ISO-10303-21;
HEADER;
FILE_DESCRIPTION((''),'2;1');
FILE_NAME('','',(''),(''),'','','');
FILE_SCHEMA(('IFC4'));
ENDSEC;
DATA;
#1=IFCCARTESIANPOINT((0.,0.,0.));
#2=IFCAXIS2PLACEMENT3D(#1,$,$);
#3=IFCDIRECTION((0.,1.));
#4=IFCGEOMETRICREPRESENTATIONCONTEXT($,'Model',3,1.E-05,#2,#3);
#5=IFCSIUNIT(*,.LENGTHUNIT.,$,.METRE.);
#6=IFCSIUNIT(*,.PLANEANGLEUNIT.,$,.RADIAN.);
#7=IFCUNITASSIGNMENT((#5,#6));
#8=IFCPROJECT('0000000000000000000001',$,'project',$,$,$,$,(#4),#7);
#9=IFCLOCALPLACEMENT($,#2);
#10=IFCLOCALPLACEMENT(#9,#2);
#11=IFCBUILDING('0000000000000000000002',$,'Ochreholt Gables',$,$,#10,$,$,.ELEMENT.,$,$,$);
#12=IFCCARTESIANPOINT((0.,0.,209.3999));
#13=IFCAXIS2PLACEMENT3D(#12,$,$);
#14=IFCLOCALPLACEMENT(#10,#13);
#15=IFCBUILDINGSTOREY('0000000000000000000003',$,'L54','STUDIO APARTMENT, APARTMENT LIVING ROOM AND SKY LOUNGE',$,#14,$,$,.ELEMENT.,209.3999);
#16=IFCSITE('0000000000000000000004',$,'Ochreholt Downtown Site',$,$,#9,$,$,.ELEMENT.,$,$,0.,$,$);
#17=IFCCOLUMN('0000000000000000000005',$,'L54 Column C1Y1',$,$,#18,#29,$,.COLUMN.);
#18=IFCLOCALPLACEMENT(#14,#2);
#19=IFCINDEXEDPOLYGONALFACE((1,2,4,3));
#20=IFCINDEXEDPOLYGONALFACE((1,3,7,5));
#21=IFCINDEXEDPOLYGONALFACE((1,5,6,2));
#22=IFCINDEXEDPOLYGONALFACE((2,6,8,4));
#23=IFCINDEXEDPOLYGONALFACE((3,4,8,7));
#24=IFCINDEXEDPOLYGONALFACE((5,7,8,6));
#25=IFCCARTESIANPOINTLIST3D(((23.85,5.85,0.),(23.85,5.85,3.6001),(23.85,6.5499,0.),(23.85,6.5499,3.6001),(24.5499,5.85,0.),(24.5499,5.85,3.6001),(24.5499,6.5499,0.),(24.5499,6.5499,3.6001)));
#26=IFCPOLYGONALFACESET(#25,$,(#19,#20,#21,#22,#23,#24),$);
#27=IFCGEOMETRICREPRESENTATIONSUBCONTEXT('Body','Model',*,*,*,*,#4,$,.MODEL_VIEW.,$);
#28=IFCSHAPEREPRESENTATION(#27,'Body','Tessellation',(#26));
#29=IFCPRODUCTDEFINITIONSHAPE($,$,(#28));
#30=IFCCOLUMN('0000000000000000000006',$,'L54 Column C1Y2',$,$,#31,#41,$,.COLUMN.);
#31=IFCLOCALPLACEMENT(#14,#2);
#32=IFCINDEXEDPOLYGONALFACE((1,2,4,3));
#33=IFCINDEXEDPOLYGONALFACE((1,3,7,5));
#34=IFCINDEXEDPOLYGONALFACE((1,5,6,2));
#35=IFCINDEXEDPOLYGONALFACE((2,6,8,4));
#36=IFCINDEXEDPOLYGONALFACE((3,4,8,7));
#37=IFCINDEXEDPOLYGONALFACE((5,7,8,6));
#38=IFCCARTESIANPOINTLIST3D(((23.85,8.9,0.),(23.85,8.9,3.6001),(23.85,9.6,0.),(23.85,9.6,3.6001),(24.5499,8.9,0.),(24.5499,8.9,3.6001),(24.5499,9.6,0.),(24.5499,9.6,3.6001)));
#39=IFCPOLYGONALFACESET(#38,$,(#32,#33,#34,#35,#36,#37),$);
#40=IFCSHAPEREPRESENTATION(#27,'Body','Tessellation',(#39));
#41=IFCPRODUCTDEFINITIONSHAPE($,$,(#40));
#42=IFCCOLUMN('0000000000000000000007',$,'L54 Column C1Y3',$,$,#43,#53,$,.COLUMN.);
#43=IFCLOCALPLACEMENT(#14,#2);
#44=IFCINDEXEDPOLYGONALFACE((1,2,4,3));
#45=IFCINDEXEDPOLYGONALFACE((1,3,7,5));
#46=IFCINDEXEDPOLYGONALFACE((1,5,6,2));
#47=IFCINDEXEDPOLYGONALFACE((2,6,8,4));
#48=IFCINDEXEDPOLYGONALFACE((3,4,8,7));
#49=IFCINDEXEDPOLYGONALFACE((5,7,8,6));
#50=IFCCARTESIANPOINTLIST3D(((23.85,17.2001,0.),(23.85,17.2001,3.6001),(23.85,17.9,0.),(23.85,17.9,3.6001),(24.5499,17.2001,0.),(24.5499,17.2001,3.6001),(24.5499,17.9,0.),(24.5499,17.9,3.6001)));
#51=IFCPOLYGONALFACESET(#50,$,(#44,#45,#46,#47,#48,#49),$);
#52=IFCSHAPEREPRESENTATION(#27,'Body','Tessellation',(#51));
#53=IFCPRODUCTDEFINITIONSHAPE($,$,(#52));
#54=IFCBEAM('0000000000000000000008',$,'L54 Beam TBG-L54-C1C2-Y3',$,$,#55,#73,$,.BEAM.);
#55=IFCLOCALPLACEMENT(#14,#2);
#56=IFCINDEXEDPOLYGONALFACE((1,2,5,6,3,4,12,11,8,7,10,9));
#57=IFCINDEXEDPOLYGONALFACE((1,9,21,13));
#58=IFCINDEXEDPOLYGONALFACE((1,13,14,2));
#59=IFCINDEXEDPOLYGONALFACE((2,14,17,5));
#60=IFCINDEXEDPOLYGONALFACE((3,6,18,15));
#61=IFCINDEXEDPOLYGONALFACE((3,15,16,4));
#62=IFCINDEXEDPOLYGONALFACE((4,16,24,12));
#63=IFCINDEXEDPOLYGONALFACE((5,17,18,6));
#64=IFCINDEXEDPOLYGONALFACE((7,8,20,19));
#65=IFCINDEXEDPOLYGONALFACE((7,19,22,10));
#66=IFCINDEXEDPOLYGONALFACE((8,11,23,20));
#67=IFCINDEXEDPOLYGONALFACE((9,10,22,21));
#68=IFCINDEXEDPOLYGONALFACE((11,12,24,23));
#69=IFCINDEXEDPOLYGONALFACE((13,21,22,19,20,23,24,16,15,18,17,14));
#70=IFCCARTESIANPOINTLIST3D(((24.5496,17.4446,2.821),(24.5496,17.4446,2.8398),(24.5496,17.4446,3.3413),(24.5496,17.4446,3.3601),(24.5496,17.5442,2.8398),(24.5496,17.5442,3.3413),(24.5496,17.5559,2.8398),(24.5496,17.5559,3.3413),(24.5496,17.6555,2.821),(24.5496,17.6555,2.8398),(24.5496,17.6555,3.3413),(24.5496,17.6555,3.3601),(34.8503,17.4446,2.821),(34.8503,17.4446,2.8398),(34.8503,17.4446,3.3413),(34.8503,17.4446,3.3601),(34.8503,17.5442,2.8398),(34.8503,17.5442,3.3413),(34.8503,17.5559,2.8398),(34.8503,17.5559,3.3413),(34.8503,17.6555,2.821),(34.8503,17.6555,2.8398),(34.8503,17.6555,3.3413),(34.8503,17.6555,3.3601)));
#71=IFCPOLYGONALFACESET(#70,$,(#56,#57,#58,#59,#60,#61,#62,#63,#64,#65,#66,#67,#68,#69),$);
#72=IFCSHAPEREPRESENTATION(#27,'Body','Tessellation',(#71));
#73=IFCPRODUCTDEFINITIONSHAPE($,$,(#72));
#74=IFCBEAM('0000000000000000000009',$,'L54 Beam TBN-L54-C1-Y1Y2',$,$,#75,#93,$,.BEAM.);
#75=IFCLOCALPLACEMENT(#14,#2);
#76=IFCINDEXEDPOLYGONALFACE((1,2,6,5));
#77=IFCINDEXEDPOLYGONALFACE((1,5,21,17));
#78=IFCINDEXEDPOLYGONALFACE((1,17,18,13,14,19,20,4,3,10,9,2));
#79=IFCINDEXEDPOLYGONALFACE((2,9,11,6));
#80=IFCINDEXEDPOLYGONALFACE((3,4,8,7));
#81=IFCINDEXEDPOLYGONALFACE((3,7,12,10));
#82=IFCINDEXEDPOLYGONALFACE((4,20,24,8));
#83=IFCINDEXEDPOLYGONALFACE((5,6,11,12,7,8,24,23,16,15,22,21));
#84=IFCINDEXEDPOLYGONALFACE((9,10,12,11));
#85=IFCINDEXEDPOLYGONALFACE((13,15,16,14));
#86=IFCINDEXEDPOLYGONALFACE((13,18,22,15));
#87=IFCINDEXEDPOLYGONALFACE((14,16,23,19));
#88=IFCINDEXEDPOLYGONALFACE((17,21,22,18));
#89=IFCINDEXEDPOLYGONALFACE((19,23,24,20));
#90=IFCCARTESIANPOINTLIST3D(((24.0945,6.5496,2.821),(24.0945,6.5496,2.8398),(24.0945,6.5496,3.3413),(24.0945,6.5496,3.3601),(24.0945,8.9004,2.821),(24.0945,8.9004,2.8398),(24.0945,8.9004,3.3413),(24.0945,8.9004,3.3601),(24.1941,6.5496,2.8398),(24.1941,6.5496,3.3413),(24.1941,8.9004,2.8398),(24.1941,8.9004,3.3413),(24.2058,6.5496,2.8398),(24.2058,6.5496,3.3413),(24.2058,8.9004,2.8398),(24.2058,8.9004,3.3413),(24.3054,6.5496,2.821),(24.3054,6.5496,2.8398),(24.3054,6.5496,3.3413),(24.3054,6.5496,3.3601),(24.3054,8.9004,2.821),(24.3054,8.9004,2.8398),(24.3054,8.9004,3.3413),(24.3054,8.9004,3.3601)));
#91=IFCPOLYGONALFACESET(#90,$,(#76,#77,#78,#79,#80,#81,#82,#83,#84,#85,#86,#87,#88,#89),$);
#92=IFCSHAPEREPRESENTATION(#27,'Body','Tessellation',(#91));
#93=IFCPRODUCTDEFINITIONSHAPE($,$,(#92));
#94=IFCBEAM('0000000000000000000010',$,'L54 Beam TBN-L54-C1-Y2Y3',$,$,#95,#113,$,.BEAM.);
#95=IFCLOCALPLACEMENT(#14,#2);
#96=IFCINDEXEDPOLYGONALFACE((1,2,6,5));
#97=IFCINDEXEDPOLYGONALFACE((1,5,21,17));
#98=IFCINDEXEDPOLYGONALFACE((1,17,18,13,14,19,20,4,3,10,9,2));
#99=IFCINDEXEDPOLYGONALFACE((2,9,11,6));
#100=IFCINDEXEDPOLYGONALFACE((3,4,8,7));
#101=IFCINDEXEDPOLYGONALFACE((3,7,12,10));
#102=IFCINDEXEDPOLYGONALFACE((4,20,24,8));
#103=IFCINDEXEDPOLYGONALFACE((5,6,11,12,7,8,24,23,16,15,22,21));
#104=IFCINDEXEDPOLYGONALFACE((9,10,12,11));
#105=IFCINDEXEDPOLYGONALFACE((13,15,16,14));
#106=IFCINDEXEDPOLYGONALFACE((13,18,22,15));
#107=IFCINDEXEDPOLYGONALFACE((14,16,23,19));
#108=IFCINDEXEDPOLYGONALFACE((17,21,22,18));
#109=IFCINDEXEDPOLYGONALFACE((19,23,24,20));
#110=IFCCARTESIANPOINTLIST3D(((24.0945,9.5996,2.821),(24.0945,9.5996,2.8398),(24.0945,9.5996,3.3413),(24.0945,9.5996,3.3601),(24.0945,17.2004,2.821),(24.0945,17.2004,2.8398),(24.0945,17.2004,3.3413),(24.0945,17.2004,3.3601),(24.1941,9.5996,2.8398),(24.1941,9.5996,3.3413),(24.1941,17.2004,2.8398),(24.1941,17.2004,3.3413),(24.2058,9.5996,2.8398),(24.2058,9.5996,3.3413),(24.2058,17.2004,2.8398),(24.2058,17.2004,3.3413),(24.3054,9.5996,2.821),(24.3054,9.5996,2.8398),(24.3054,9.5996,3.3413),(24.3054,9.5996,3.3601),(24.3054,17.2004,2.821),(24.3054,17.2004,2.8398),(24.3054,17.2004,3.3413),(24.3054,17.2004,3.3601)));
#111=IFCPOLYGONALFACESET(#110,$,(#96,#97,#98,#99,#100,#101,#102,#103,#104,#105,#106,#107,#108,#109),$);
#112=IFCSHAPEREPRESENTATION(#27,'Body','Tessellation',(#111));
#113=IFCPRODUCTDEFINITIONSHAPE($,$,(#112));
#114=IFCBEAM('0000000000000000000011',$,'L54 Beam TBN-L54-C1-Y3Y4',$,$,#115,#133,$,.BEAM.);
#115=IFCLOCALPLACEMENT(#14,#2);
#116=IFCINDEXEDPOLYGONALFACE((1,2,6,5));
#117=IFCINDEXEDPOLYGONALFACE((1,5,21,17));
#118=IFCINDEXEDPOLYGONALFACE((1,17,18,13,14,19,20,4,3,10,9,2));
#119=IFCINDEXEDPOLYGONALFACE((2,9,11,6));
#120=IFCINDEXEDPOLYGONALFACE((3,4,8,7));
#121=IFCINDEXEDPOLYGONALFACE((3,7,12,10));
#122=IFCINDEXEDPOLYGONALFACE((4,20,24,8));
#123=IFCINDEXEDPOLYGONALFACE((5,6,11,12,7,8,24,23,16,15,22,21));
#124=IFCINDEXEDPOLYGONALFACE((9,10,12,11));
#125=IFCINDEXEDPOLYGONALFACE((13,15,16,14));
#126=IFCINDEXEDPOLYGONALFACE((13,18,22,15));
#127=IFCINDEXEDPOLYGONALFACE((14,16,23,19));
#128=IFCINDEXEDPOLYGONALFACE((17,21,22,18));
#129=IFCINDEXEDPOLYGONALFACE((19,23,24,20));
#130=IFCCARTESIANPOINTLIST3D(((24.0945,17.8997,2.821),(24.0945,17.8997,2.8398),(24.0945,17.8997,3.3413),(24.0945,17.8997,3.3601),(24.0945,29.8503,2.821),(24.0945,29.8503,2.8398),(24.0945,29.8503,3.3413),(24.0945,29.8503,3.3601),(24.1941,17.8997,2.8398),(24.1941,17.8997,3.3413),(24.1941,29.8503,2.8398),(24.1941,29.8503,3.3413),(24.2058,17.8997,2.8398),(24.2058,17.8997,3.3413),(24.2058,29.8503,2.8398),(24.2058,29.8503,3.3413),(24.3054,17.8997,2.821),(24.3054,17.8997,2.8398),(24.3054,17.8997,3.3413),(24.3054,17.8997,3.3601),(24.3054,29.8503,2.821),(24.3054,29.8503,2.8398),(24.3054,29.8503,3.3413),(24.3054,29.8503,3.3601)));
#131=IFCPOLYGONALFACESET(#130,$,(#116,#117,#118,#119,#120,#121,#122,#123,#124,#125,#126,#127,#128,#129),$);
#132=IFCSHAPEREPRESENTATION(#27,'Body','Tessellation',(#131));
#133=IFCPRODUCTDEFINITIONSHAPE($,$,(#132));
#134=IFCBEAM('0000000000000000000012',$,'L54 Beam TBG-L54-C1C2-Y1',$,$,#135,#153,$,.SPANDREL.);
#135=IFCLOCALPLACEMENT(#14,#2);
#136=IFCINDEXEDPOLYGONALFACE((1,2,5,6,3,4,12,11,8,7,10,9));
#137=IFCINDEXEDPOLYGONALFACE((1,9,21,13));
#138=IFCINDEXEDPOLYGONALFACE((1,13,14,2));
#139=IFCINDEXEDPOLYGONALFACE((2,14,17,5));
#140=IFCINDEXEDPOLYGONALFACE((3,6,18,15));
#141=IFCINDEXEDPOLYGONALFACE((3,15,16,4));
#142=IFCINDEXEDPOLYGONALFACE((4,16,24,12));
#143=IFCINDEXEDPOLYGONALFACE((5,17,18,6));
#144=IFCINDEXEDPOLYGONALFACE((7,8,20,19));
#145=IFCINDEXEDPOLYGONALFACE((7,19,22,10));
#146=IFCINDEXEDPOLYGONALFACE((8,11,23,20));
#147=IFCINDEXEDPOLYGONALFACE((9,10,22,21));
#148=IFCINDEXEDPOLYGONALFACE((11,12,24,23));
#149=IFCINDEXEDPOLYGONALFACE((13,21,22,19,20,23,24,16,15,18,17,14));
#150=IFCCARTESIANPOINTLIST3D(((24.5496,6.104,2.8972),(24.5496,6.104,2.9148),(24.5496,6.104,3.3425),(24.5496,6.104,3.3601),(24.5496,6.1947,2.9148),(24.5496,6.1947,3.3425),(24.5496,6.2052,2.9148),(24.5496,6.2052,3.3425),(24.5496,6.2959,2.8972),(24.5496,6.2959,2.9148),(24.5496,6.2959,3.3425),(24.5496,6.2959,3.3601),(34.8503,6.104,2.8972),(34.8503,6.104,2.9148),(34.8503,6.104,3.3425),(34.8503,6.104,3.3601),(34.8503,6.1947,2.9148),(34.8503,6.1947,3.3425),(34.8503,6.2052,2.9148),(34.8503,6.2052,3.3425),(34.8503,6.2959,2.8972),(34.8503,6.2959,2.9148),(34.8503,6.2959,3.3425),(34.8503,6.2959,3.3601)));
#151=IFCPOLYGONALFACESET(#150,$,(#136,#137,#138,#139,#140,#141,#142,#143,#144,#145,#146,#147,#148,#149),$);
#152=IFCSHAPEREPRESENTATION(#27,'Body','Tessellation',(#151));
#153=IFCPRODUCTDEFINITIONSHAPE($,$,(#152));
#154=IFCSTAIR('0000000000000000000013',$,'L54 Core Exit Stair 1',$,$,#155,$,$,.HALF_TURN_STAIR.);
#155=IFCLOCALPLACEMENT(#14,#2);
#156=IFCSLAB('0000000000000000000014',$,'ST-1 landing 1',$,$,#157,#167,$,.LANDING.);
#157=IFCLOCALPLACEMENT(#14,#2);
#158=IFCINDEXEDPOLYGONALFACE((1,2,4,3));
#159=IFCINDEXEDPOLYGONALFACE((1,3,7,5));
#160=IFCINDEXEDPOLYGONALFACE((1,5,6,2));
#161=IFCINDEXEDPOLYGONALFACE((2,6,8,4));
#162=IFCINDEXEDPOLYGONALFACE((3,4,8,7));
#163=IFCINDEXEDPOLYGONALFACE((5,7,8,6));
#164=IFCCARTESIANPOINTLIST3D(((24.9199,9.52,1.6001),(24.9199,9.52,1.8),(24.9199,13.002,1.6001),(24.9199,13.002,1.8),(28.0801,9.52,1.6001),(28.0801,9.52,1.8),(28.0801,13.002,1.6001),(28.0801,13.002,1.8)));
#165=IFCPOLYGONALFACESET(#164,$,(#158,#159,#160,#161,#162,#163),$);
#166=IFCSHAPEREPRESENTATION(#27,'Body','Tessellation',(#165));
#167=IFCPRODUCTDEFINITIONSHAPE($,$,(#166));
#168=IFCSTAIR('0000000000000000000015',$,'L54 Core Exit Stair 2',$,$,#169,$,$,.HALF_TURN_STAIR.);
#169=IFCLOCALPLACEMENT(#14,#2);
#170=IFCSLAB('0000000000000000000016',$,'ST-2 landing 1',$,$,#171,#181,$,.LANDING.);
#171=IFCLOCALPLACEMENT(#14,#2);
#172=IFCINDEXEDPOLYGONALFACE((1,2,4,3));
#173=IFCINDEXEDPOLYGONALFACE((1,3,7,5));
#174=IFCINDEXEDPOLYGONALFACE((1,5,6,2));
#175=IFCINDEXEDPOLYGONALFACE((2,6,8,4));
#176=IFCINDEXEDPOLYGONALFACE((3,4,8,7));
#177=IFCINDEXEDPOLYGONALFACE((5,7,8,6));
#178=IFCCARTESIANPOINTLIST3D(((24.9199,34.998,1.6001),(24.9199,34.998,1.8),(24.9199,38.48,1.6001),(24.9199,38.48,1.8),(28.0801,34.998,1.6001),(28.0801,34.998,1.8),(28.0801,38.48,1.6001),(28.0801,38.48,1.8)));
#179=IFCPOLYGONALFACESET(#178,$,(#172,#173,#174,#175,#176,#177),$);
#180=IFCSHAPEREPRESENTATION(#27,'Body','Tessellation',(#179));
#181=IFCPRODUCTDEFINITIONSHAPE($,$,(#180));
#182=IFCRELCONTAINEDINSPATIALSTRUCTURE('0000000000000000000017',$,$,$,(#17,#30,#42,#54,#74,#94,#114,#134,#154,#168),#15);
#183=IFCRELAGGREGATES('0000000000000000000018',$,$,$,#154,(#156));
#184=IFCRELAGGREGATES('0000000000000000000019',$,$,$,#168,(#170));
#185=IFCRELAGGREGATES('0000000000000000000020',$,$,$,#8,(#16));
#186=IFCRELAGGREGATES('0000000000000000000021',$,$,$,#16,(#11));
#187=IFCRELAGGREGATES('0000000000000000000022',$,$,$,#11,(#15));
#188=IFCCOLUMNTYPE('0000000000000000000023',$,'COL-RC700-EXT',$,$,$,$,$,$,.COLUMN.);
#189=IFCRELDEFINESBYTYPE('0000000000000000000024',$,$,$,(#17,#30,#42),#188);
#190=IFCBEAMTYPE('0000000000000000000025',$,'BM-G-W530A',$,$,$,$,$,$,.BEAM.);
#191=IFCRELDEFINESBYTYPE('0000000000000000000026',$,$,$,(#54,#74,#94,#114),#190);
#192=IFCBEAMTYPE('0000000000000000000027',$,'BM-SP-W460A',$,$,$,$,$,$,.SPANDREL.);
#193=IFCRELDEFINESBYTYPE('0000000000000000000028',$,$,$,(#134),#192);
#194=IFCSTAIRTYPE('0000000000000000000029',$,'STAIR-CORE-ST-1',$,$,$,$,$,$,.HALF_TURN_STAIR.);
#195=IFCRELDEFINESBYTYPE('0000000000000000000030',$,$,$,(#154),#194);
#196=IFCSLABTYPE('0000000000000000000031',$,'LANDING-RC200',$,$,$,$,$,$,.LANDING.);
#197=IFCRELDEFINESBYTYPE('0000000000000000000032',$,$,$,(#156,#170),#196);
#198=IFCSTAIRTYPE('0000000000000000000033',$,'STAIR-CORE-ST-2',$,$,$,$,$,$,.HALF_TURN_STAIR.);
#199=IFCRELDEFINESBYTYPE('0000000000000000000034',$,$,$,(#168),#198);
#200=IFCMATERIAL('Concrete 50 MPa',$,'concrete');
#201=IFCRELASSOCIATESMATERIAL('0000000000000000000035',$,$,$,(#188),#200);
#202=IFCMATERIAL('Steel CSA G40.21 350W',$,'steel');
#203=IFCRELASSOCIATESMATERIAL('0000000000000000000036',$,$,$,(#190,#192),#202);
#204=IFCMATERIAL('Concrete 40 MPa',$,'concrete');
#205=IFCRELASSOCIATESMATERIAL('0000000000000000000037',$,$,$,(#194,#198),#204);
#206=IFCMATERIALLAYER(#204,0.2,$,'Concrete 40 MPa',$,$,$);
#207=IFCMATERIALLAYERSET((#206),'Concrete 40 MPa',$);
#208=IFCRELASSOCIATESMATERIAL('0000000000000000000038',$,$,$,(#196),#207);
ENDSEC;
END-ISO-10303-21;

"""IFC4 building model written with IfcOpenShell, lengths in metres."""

from ifc_helpers import new_model, si_unit, direction, frame, origin, origin_2d, place, context, subcontext, project, spatial, polyline, rectangle, i_section, outline, extrude, material, layer, layer_set, material_profile, profile_set, type_object, element, aggregate, save


model = new_model("IFC4")

# Units and contexts
model_context = context("Model", 3, precision=1e-05, world=origin(), true_north=direction((0.0, 1.0)))
body_context = subcontext(model_context, "Body", "Model", "MODEL_VIEW")
ifc_project = project(units=[si_unit("LENGTHUNIT", "METRE"), si_unit("PLANEANGLEUNIT", "RADIAN")], contexts=[model_context])

# Site, building, storey
site_placement = place(None, origin())
site = spatial("IfcSite", under=ifc_project, at=site_placement, Name="Ochreholt Downtown Site", CompositionType="ELEMENT", RefElevation=0.0)
building_placement = place(site_placement, origin())
building = spatial("IfcBuilding", under=site, at=building_placement, Name="Ochreholt Gables", CompositionType="ELEMENT")
storey_placement = place(building_placement, frame((0.0, 0.0, 209.3999)))
storey = spatial("IfcBuildingStorey", under=building, at=storey_placement, Name="L54", Description="STUDIO APARTMENT, APARTMENT LIVING ROOM AND SKY LOUNGE", CompositionType="ELEMENT", Elevation=209.3999)

# Columns
ifc_material_1 = material(Name="Concrete 50 MPa", Category="concrete")
ifc_material_profile_1 = material_profile(ifc_material_1, rectangle(XDim=0.7, YDim=0.7, at=origin_2d()), Name="RC700X700")
ifc_profile_set_1 = profile_set([ifc_material_profile_1], Name="Concrete 50 MPa")
column_type = type_object("IfcColumnType", Name="COL-RC700-EXT", PredefinedType="COLUMN", material=ifc_profile_set_1)
for number, where, z_axis, x_axis, name in (
    (1, (24.2, 6.2, 0.0), (0.0, 0.0, 1.0), (1.0, 0.0, 0.0), "L54 Column C1Y1"),
    (2, (24.2, 9.25, 0.0), (0.0, 0.0, 1.0), (1.0, 0.0, 0.0), "L54 Column C1Y2"),
    (3, (24.2, 17.55, 0.0), (0.0, 0.0, 1.0), (1.0, 0.0, 0.0), "L54 Column C1Y3"),
):
    element("IfcColumn", number, at=place(storey_placement, frame(where, z_axis=z_axis, x_axis=x_axis)), inside=storey, type_object=column_type, Name=name, PredefinedType="COLUMN", context=body_context, shape_type="SweptSolid", body=[
        extrude(rectangle(XDim=0.7, YDim=0.7, at=origin_2d()), origin(), (0.0, 0.0, 1.0), 3.6001),
    ])

# Beams
ifc_material_2 = material(Name="Steel CSA G40.21 350W", Category="steel")
ifc_material_profile_2 = material_profile(ifc_material_2, i_section(OverallWidth=0.2109, OverallDepth=0.5391, WebThickness=0.0117, FlangeThickness=0.0188, at=origin_2d()), Name="W530X109")
ifc_profile_set_2 = profile_set([ifc_material_profile_2], Name="Steel CSA G40.21 350W")
beam_type_1 = type_object("IfcBeamType", Name="BM-G-W530A", PredefinedType="BEAM", material=ifc_profile_set_2)
beam_1_placement = place(storey_placement, frame((24.5496, 17.55, 3.0906), z_axis=(1.0, 0.0, 0.0), x_axis=(0.0, 1.0, 0.0)))
element("IfcBeam", 4, at=beam_1_placement, inside=storey, type_object=beam_type_1, Name="L54 Beam TBG-L54-C1C2-Y3", PredefinedType="BEAM", context=body_context, shape_type="SweptSolid", body=[
    extrude(i_section(OverallWidth=0.2109, OverallDepth=0.5391, WebThickness=0.0117, FlangeThickness=0.0188, at=origin_2d()), origin(), (0.0, 0.0, 1.0), 10.3008),
])
beam_2_placement = place(storey_placement, frame((24.2, 6.5496, 3.0906), z_axis=(0.0, 1.0, 0.0), x_axis=(-1.0, 0.0, 0.0)))
element("IfcBeam", 5, at=beam_2_placement, inside=storey, type_object=beam_type_1, Name="L54 Beam TBN-L54-C1-Y1Y2", PredefinedType="BEAM", context=body_context, shape_type="SweptSolid", body=[
    extrude(i_section(OverallWidth=0.2109, OverallDepth=0.5391, WebThickness=0.0117, FlangeThickness=0.0188, at=origin_2d()), origin(), (0.0, 0.0, 1.0), 2.3508),
])
beam_3_placement = place(storey_placement, frame((24.2, 9.5996, 3.0906), z_axis=(0.0, 1.0, 0.0), x_axis=(-1.0, 0.0, 0.0)))
element("IfcBeam", 6, at=beam_3_placement, inside=storey, type_object=beam_type_1, Name="L54 Beam TBN-L54-C1-Y2Y3", PredefinedType="BEAM", context=body_context, shape_type="SweptSolid", body=[
    extrude(i_section(OverallWidth=0.2109, OverallDepth=0.5391, WebThickness=0.0117, FlangeThickness=0.0188, at=origin_2d()), origin(), (0.0, 0.0, 1.0), 7.6008),
])
beam_4_placement = place(storey_placement, frame((24.2, 17.8997, 3.0906), z_axis=(0.0, 1.0, 0.0), x_axis=(-1.0, 0.0, 0.0)))
element("IfcBeam", 7, at=beam_4_placement, inside=storey, type_object=beam_type_1, Name="L54 Beam TBN-L54-C1-Y3Y4", PredefinedType="BEAM", context=body_context, shape_type="SweptSolid", body=[
    extrude(i_section(OverallWidth=0.2109, OverallDepth=0.5391, WebThickness=0.0117, FlangeThickness=0.0188, at=origin_2d()), origin(), (0.0, 0.0, 1.0), 11.9507),
])
ifc_material_profile_3 = material_profile(ifc_material_2, i_section(OverallWidth=0.1919, OverallDepth=0.4629, WebThickness=0.0105, FlangeThickness=0.0176, at=origin_2d()), Name="W460X89")
ifc_profile_set_3 = profile_set([ifc_material_profile_3], Name="Steel CSA G40.21 350W")
beam_type_2 = type_object("IfcBeamType", Name="BM-SP-W460A", PredefinedType="SPANDREL", material=ifc_profile_set_3)
beam_5_placement = place(storey_placement, frame((24.5496, 6.2, 3.1287), z_axis=(1.0, 0.0, 0.0), x_axis=(0.0, 1.0, 0.0)))
element("IfcBeam", 8, at=beam_5_placement, inside=storey, type_object=beam_type_2, Name="L54 Beam TBG-L54-C1C2-Y1", PredefinedType="SPANDREL", context=body_context, shape_type="SweptSolid", body=[
    extrude(i_section(OverallWidth=0.1919, OverallDepth=0.4629, WebThickness=0.0105, FlangeThickness=0.0176, at=origin_2d()), origin(), (0.0, 0.0, 1.0), 10.3008),
])

# Stairs, slabs
ifc_material_3 = material(Name="Concrete 40 MPa", Category="concrete")
stair_type_1 = type_object("IfcStairType", Name="STAIR-CORE-ST-1", PredefinedType="HALF_TURN_STAIR", material=ifc_material_3)
stair_1_placement = place(storey_placement, origin())
stair_1 = element("IfcStair", 9, at=stair_1_placement, inside=storey, type_object=stair_type_1, Name="L54 Core Exit Stair 1", PredefinedType="HALF_TURN_STAIR")
ifc_layer_1 = layer(ifc_material_3, 0.2, Name="Concrete 40 MPa")
ifc_layer_set_1 = layer_set([ifc_layer_1], Name="Concrete 40 MPa")
slab_type_1 = type_object("IfcSlabType", Name="LANDING-RC200", PredefinedType="LANDING", material=ifc_layer_set_1)
slab_1_placement = place(storey_placement, frame((0.0, 0.0, 1.6001)))
slab_1 = element("IfcSlab", 10, at=slab_1_placement, type_object=slab_type_1, Name="ST-1 landing 1", PredefinedType="LANDING", context=body_context, shape_type="SweptSolid", body=[
    extrude(outline(polyline([(24.9199, 13.002), (24.9199, 9.52), (28.0801, 9.52), (28.0801, 13.002), (24.9199, 13.002)])), origin(), (0.0, 0.0, 1.0), 0.2),
])
aggregate(stair_1, [slab_1])
stair_type_2 = type_object("IfcStairType", Name="STAIR-CORE-ST-2", PredefinedType="HALF_TURN_STAIR", material=ifc_material_3)
stair_2_placement = place(storey_placement, origin())
stair_2 = element("IfcStair", 11, at=stair_2_placement, inside=storey, type_object=stair_type_2, Name="L54 Core Exit Stair 2", PredefinedType="HALF_TURN_STAIR")
slab_2_placement = place(storey_placement, frame((0.0, 0.0, 1.6001)))
slab_2 = element("IfcSlab", 12, at=slab_2_placement, type_object=slab_type_1, Name="ST-2 landing 1", PredefinedType="LANDING", context=body_context, shape_type="SweptSolid", body=[
    extrude(outline(polyline([(28.0801, 34.998), (28.0801, 38.48), (24.9199, 38.48), (24.9199, 34.998), (28.0801, 34.998)])), origin(), (0.0, 0.0, 1.0), 0.2),
])
aggregate(stair_2, [slab_2])

save(model, "model.ifc")
